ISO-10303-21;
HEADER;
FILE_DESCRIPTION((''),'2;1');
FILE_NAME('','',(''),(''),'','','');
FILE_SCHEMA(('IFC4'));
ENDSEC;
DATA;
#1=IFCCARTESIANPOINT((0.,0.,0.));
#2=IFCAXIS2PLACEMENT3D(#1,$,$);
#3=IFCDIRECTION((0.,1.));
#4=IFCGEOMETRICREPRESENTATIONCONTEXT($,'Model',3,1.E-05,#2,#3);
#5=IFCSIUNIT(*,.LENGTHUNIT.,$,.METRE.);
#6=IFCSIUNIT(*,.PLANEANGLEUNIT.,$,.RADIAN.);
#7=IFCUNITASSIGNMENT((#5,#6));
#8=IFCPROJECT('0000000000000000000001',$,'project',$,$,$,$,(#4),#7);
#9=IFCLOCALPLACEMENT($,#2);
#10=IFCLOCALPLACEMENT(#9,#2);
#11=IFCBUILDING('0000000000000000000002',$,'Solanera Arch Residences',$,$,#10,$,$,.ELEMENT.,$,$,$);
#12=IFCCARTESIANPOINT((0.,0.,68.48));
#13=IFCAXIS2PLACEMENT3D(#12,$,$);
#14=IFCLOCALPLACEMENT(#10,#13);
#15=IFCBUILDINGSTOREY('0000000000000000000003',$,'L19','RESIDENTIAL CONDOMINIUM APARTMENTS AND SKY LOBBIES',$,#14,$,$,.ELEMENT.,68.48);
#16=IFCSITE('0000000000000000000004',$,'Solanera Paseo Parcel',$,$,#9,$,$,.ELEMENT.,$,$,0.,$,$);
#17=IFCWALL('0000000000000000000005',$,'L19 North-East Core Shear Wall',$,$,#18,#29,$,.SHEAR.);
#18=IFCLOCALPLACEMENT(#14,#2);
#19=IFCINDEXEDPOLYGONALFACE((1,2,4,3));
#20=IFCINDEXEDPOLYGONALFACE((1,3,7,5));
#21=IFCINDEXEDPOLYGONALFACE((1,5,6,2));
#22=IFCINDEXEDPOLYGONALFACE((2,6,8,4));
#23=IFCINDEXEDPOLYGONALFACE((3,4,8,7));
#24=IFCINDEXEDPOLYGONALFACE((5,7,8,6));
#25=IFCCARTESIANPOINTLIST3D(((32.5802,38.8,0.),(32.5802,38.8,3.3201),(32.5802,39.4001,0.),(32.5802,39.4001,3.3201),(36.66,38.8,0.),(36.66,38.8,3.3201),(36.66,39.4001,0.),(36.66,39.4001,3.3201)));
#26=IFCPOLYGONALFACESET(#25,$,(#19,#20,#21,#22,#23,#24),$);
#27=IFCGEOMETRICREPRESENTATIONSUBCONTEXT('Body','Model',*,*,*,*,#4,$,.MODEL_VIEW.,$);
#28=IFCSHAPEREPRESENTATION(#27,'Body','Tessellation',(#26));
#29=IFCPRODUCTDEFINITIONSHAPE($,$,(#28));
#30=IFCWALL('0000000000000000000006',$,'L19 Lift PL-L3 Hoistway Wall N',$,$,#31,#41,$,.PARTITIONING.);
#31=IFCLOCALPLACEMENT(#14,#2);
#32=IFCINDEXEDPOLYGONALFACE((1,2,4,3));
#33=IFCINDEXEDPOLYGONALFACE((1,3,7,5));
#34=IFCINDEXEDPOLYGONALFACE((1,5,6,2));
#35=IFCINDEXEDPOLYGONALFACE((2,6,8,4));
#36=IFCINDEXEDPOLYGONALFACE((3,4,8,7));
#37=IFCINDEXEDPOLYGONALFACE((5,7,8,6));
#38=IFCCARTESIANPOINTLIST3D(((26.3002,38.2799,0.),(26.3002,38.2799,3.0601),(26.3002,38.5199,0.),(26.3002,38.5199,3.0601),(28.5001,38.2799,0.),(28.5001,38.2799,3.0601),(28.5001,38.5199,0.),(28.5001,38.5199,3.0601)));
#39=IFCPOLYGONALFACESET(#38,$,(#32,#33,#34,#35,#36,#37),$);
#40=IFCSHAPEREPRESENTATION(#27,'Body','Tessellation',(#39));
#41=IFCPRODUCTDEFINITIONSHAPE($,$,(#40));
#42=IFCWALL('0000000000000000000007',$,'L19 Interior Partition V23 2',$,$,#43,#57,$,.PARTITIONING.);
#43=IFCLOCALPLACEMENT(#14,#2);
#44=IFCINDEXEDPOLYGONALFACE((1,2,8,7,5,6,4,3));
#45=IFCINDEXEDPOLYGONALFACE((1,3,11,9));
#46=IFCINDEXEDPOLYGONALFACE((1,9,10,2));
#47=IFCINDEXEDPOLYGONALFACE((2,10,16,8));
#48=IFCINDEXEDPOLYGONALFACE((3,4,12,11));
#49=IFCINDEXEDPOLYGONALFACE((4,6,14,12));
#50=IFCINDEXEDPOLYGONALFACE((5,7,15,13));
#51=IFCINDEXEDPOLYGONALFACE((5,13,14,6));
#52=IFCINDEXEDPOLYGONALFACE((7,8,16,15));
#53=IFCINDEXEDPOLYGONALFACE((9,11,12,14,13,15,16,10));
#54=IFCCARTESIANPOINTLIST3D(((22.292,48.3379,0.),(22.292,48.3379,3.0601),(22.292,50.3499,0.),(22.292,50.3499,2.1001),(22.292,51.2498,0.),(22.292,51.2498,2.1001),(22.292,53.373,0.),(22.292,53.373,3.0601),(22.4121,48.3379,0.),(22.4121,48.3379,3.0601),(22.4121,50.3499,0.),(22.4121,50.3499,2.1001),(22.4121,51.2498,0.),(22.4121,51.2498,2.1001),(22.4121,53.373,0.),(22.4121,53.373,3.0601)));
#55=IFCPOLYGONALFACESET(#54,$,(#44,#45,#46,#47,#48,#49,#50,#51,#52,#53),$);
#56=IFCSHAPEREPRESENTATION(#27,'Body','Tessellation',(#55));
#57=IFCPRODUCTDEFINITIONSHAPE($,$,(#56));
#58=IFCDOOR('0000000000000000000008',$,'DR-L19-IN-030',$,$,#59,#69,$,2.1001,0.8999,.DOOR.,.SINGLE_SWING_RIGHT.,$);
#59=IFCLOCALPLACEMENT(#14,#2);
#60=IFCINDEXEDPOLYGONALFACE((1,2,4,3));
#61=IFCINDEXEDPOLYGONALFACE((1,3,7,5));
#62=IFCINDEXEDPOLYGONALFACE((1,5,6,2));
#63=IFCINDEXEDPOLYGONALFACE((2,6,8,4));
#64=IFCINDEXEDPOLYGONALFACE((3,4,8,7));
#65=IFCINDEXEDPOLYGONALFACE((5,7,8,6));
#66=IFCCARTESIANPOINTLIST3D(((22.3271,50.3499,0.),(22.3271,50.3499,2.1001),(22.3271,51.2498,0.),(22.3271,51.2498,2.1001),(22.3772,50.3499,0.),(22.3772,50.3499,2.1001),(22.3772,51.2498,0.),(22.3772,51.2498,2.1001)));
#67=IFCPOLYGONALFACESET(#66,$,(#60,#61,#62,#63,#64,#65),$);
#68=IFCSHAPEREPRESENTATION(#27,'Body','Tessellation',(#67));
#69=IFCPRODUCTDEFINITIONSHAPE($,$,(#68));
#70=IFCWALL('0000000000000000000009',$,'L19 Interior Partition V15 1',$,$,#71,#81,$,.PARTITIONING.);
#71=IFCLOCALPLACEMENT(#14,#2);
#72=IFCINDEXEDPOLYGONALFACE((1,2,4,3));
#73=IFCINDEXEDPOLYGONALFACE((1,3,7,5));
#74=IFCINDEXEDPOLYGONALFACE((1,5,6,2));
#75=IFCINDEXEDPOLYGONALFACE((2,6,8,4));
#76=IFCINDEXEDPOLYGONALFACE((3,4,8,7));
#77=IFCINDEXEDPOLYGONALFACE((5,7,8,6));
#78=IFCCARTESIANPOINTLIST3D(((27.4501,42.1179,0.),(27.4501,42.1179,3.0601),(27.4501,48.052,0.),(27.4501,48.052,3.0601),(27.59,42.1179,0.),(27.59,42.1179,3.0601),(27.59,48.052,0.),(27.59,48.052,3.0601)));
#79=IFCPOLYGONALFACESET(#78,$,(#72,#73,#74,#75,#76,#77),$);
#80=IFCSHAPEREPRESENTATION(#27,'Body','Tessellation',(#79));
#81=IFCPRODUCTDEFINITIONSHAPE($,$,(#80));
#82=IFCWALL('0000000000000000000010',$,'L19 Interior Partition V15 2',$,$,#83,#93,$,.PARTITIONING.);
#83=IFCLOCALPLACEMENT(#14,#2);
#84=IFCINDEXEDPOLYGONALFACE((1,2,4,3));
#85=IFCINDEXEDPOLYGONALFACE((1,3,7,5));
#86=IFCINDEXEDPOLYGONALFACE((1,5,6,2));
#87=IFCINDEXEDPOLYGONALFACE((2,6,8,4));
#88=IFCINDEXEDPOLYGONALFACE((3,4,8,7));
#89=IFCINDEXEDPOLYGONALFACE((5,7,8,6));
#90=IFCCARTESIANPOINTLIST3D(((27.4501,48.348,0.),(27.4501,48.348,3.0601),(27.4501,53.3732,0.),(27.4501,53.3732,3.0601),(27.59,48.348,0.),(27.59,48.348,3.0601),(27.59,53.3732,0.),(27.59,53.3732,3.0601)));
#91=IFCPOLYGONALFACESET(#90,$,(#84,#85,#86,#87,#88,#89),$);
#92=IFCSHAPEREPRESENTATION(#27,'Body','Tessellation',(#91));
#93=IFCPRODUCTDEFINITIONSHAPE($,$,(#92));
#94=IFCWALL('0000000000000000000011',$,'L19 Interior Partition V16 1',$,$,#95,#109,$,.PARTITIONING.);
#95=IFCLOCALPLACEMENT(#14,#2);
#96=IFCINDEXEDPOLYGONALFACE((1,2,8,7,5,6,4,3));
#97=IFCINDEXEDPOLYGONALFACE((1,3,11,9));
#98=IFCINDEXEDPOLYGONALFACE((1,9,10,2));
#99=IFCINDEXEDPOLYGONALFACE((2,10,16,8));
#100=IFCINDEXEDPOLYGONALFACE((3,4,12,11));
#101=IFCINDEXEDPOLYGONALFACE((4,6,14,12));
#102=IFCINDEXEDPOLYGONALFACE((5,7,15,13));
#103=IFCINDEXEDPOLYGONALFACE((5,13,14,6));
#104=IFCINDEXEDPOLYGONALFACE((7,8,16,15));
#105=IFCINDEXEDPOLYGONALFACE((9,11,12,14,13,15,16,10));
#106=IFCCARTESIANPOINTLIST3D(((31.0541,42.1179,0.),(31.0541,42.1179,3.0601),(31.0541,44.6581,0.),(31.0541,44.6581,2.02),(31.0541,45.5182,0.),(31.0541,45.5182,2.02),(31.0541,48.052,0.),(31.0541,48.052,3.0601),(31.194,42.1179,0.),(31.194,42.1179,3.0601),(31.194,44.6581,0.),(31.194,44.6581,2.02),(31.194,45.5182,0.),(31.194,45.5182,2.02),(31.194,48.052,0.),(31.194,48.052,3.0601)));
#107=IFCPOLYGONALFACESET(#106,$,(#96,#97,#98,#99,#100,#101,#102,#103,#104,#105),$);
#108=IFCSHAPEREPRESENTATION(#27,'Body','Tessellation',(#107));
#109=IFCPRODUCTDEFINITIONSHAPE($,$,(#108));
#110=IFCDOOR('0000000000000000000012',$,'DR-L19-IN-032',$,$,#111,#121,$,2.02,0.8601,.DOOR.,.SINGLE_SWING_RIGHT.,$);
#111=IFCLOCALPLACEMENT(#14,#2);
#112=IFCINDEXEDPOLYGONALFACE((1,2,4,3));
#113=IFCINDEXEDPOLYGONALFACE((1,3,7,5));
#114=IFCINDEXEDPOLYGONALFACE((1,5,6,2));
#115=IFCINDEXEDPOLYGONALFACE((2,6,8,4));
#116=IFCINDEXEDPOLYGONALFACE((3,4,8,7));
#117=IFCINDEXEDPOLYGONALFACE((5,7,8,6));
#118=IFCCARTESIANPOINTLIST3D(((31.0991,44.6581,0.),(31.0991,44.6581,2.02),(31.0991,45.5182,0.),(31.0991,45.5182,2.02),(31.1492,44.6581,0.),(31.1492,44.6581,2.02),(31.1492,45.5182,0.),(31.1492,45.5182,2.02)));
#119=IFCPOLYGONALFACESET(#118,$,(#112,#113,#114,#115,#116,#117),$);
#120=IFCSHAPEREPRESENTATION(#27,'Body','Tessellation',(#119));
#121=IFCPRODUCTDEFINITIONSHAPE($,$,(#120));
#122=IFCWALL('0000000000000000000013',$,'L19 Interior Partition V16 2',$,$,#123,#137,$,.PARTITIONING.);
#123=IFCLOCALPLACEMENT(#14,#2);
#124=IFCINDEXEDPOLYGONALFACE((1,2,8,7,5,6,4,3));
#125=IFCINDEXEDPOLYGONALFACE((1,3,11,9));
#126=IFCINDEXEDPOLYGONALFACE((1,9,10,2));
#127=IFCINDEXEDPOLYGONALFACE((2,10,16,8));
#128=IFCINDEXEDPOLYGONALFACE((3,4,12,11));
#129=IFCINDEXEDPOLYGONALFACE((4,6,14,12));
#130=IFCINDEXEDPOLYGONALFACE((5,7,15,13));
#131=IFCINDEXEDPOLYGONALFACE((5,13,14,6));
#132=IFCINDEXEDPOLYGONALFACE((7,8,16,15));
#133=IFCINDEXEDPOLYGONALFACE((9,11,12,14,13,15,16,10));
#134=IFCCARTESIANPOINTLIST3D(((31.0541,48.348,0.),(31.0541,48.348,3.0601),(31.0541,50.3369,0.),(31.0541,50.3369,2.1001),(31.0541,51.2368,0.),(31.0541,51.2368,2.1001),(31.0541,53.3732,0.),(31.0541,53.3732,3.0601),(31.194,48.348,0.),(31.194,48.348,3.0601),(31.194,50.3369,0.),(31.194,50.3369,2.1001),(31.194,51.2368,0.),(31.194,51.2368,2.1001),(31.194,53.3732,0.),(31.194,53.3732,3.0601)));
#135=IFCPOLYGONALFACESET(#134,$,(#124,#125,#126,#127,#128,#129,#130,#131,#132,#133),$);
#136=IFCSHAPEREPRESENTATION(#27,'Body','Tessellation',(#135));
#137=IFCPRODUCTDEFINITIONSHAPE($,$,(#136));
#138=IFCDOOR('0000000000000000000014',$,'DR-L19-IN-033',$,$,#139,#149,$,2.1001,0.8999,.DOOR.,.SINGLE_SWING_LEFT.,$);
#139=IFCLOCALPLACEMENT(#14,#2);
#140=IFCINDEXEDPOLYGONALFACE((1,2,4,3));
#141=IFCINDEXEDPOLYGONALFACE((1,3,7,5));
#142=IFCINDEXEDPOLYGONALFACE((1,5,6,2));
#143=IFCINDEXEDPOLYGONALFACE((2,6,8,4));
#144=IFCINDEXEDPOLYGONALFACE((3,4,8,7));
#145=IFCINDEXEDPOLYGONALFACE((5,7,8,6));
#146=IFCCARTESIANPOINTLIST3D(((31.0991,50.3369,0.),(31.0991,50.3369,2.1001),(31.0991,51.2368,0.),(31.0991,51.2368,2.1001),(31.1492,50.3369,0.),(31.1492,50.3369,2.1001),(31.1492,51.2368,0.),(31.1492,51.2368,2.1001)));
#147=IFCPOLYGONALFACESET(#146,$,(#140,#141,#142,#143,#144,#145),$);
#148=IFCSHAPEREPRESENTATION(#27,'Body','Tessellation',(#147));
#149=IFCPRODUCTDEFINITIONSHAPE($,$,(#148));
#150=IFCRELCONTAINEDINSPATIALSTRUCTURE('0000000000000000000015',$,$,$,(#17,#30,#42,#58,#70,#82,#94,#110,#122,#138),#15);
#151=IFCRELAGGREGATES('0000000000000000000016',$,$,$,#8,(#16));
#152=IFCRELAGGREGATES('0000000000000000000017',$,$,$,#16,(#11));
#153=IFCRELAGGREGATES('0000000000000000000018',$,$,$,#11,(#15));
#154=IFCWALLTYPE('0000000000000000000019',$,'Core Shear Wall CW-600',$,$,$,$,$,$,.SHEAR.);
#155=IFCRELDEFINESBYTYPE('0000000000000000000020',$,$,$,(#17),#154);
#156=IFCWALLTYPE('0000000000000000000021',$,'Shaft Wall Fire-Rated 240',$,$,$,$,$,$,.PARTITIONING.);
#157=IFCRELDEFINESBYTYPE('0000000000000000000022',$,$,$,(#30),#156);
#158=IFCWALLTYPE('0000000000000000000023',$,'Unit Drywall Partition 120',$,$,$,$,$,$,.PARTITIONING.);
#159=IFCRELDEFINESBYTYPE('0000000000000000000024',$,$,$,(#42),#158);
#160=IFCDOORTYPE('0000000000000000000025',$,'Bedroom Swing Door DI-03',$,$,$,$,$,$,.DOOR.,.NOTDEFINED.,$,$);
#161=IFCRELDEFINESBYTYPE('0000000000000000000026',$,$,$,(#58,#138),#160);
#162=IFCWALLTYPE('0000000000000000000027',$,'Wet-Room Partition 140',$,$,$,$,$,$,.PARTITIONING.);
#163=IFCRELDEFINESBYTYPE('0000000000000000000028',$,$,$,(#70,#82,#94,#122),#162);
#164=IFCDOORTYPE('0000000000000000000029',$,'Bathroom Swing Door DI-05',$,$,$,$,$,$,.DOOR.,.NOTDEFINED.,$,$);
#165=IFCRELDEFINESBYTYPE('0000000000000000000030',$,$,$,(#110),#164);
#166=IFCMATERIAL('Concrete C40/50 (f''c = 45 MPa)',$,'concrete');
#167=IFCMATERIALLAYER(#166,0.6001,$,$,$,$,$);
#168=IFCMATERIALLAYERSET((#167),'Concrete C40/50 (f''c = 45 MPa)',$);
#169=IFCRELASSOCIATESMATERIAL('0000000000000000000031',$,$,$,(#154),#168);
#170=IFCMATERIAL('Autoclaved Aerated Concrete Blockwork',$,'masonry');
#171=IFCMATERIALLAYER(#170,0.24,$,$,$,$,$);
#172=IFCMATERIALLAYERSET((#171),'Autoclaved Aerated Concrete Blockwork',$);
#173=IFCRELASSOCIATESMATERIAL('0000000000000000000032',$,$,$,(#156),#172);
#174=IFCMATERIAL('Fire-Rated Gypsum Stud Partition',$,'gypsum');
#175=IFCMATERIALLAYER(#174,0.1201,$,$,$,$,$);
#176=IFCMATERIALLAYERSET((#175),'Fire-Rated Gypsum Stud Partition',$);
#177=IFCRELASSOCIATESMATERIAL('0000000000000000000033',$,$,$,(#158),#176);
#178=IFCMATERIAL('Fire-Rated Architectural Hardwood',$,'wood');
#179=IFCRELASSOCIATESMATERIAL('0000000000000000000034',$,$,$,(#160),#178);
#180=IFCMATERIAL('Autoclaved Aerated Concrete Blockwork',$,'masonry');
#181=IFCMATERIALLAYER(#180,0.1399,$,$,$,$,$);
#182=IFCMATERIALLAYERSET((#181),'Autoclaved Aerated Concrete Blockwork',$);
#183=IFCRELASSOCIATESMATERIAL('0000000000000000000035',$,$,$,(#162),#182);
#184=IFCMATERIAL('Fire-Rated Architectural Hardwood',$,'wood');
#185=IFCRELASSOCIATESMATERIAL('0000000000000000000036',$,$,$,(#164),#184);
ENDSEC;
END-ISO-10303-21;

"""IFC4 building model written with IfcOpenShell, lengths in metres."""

from ifc_helpers import new_model, si_unit, direction, frame, frame_2d, origin, place, context, subcontext, project, spatial, rectangle, extrude, material, layer, layer_set, type_object, element, fill, save


model = new_model("IFC4")

# Units and contexts
model_context = context("Model", 3, precision=1e-05, world=origin(), true_north=direction((0.0, 1.0)))
body_context = subcontext(model_context, "Body", "Model", "MODEL_VIEW")
ifc_project = project(units=[si_unit("LENGTHUNIT", "METRE"), si_unit("PLANEANGLEUNIT", "RADIAN")], contexts=[model_context])

# Site, building, storey
site_placement = place(None, origin())
site = spatial("IfcSite", under=ifc_project, at=site_placement, Name="Solanera Paseo Parcel", CompositionType="ELEMENT", RefElevation=0.0)
building_placement = place(site_placement, origin())
building = spatial("IfcBuilding", under=site, at=building_placement, Name="Solanera Arch Residences", CompositionType="ELEMENT")
storey_placement = place(building_placement, frame((0.0, 0.0, 68.48)))
storey = spatial("IfcBuildingStorey", under=building, at=storey_placement, Name="L19", Description="RESIDENTIAL CONDOMINIUM APARTMENTS AND SKY LOBBIES", CompositionType="ELEMENT", Elevation=68.48)

# Walls
ifc_material_1 = material(Name="Concrete C40/50 (f'c = 45 MPa)", Category="concrete")
ifc_layer_1 = layer(ifc_material_1, 0.6001)
ifc_layer_set_1 = layer_set([ifc_layer_1], Name="Concrete C40/50 (f'c = 45 MPa)")
wall_type_1 = type_object("IfcWallType", Name="Core Shear Wall CW-600", PredefinedType="SHEAR", material=ifc_layer_set_1)
wall_1_placement = place(storey_placement, frame((32.5801, 39.1001, 0.0), z_axis=(0.0, 0.0, 1.0), x_axis=(1.0, 0.0, 0.0)))
element("IfcWall", 1, at=wall_1_placement, inside=storey, type_object=wall_type_1, Name="L19 North-East Core Shear Wall", PredefinedType="SHEAR", context=body_context, shape_type="SweptSolid", body=[
    extrude(rectangle(XDim=4.0798, YDim=0.6001, at=frame_2d((2.04, 0.0))), origin(), (0.0, 0.0, 1.0), 3.3201),
])
ifc_material_2 = material(Name="Autoclaved Aerated Concrete Blockwork", Category="masonry")
ifc_layer_2 = layer(ifc_material_2, 0.24)
ifc_layer_set_2 = layer_set([ifc_layer_2], Name="Autoclaved Aerated Concrete Blockwork")
wall_type_2 = type_object("IfcWallType", Name="Shaft Wall Fire-Rated 240", PredefinedType="PARTITIONING", material=ifc_layer_set_2)
wall_2_placement = place(storey_placement, frame((26.3, 38.3999, 0.0), z_axis=(0.0, 0.0, 1.0), x_axis=(1.0, 0.0, 0.0)))
element("IfcWall", 2, at=wall_2_placement, inside=storey, type_object=wall_type_2, Name="L19 Lift PL-L3 Hoistway Wall N", PredefinedType="PARTITIONING", context=body_context, shape_type="SweptSolid", body=[
    extrude(rectangle(XDim=2.2, YDim=0.24, at=frame_2d((1.1001, 0.0))), origin(), (0.0, 0.0, 1.0), 3.0601),
])

# Wall, opening, door
ifc_material_3 = material(Name="Fire-Rated Gypsum Stud Partition", Category="gypsum")
ifc_layer_3 = layer(ifc_material_3, 0.1201)
ifc_layer_set_3 = layer_set([ifc_layer_3], Name="Fire-Rated Gypsum Stud Partition")
wall_type_3 = type_object("IfcWallType", Name="Unit Drywall Partition 120", PredefinedType="PARTITIONING", material=ifc_layer_set_3)
wall_3_placement = place(storey_placement, frame((22.3521, 48.3379, 0.0), z_axis=(0.0, 0.0, 1.0), x_axis=(0.0, 1.0, 0.0)))
wall_3 = element("IfcWall", 3, at=wall_3_placement, inside=storey, type_object=wall_type_3, Name="L19 Interior Partition V23 2", PredefinedType="PARTITIONING", context=body_context, shape_type="SweptSolid", body=[
    extrude(rectangle(XDim=5.0352, YDim=0.1201, at=frame_2d((2.5176, 0.0))), origin(), (0.0, 0.0, 1.0), 3.0601),
])
opening_1_placement = place(wall_3_placement, frame((2.012, 0.0, 0.0)))
opening_1 = element("IfcOpeningElement", 4, at=opening_1_placement, cuts=wall_3, PredefinedType="OPENING", context=body_context, shape_type="SweptSolid", body=[
    extrude(rectangle(XDim=0.8999, YDim=2.1001, at=frame_2d((0.45, 1.05))), frame((0.0, 0.0701, 0.0), z_axis=(0.0, -1.0, 0.0), x_axis=(1.0, 0.0, 0.0)), (0.0, 0.0, 1.0), 0.1401),
])
ifc_material_4 = material(Name="Fire-Rated Architectural Hardwood", Category="wood")
door_type_1 = type_object("IfcDoorType", Name="Bedroom Swing Door DI-03", OperationType="NOTDEFINED", PredefinedType="DOOR", material=ifc_material_4)
door_1_placement = place(opening_1_placement, origin())
door_1 = element("IfcDoor", 5, at=door_1_placement, inside=storey, type_object=door_type_1, Name="DR-L19-IN-030", OperationType="SINGLE_SWING_RIGHT", OverallHeight=2.1001, OverallWidth=0.8999, PredefinedType="DOOR", context=body_context, shape_type="SweptSolid", body=[
    extrude(rectangle(XDim=0.8999, YDim=2.1001, at=frame_2d((0.45, 1.05))), frame((0.0, 0.0249, 0.0), z_axis=(0.0, -1.0, 0.0), x_axis=(1.0, 0.0, 0.0)), (0.0, 0.0, 1.0), 0.05),
])
fill(opening_1, door_1)

# Walls
ifc_material_5 = material(Name="Autoclaved Aerated Concrete Blockwork", Category="masonry")
ifc_layer_4 = layer(ifc_material_5, 0.1399)
ifc_layer_set_4 = layer_set([ifc_layer_4], Name="Autoclaved Aerated Concrete Blockwork")
wall_type_4 = type_object("IfcWallType", Name="Wet-Room Partition 140", PredefinedType="PARTITIONING", material=ifc_layer_set_4)
wall_4_placement = place(storey_placement, frame((27.52, 42.1179, 0.0), z_axis=(0.0, 0.0, 1.0), x_axis=(0.0, 1.0, 0.0)))
element("IfcWall", 6, at=wall_4_placement, inside=storey, type_object=wall_type_4, Name="L19 Interior Partition V15 1", PredefinedType="PARTITIONING", context=body_context, shape_type="SweptSolid", body=[
    extrude(rectangle(XDim=5.9341, YDim=0.1399, at=frame_2d((2.967, 0.0))), origin(), (0.0, 0.0, 1.0), 3.0601),
])
wall_5_placement = place(storey_placement, frame((27.52, 48.3479, 0.0), z_axis=(0.0, 0.0, 1.0), x_axis=(0.0, 1.0, 0.0)))
element("IfcWall", 7, at=wall_5_placement, inside=storey, type_object=wall_type_4, Name="L19 Interior Partition V15 2", PredefinedType="PARTITIONING", context=body_context, shape_type="SweptSolid", body=[
    extrude(rectangle(XDim=5.0251, YDim=0.1399, at=frame_2d((2.5127, 0.0))), origin(), (0.0, 0.0, 1.0), 3.0601),
])

# Walls, openings, doors
wall_6_placement = place(storey_placement, frame((31.124, 42.1179, 0.0), z_axis=(0.0, 0.0, 1.0), x_axis=(0.0, 1.0, 0.0)))
wall_6 = element("IfcWall", 8, at=wall_6_placement, inside=storey, type_object=wall_type_4, Name="L19 Interior Partition V16 1", PredefinedType="PARTITIONING", context=body_context, shape_type="SweptSolid", body=[
    extrude(rectangle(XDim=5.9341, YDim=0.1399, at=frame_2d((2.967, 0.0))), origin(), (0.0, 0.0, 1.0), 3.0601),
])
opening_2_placement = place(wall_6_placement, frame((2.54, 0.0, 0.0)))
opening_2 = element("IfcOpeningElement", 9, at=opening_2_placement, cuts=wall_6, PredefinedType="OPENING", context=body_context, shape_type="SweptSolid", body=[
    extrude(rectangle(XDim=0.8601, YDim=2.02, at=frame_2d((0.4302, 1.01))), frame((0.0, 0.0798, 0.0), z_axis=(0.0, -1.0, 0.0), x_axis=(1.0, 0.0, 0.0)), (0.0, 0.0, 1.0), 0.1599),
])
ifc_material_6 = material(Name="Fire-Rated Architectural Hardwood", Category="wood")
door_type_2 = type_object("IfcDoorType", Name="Bathroom Swing Door DI-05", OperationType="NOTDEFINED", PredefinedType="DOOR", material=ifc_material_6)
door_2_placement = place(opening_2_placement, origin())
door_2 = element("IfcDoor", 10, at=door_2_placement, inside=storey, type_object=door_type_2, Name="DR-L19-IN-032", OperationType="SINGLE_SWING_RIGHT", OverallHeight=2.02, OverallWidth=0.8601, PredefinedType="DOOR", context=body_context, shape_type="SweptSolid", body=[
    extrude(rectangle(XDim=0.8601, YDim=2.02, at=frame_2d((0.4302, 1.01))), frame((0.0, 0.0249, 0.0), z_axis=(0.0, -1.0, 0.0), x_axis=(1.0, 0.0, 0.0)), (0.0, 0.0, 1.0), 0.05),
])
fill(opening_2, door_2)
wall_7_placement = place(storey_placement, frame((31.124, 48.3479, 0.0), z_axis=(0.0, 0.0, 1.0), x_axis=(0.0, 1.0, 0.0)))
wall_7 = element("IfcWall", 11, at=wall_7_placement, inside=storey, type_object=wall_type_4, Name="L19 Interior Partition V16 2", PredefinedType="PARTITIONING", context=body_context, shape_type="SweptSolid", body=[
    extrude(rectangle(XDim=5.0251, YDim=0.1399, at=frame_2d((2.5127, 0.0))), origin(), (0.0, 0.0, 1.0), 3.0601),
])
opening_3_placement = place(wall_7_placement, frame((1.989, 0.0, 0.0)))
opening_3 = element("IfcOpeningElement", 12, at=opening_3_placement, cuts=wall_7, PredefinedType="OPENING", context=body_context, shape_type="SweptSolid", body=[
    extrude(rectangle(XDim=0.8999, YDim=2.1001, at=frame_2d((0.45, 1.05))), frame((0.0, 0.0798, 0.0), z_axis=(0.0, -1.0, 0.0), x_axis=(1.0, 0.0, 0.0)), (0.0, 0.0, 1.0), 0.1599),
])
door_3_placement = place(opening_3_placement, origin())
door_3 = element("IfcDoor", 13, at=door_3_placement, inside=storey, type_object=door_type_1, Name="DR-L19-IN-033", OperationType="SINGLE_SWING_LEFT", OverallHeight=2.1001, OverallWidth=0.8999, PredefinedType="DOOR", context=body_context, shape_type="SweptSolid", body=[
    extrude(rectangle(XDim=0.8999, YDim=2.1001, at=frame_2d((0.45, 1.05))), frame((0.0, 0.0249, 0.0), z_axis=(0.0, -1.0, 0.0), x_axis=(1.0, 0.0, 0.0)), (0.0, 0.0, 1.0), 0.05),
])
fill(opening_3, door_3)

save(model, "model.ifc")
